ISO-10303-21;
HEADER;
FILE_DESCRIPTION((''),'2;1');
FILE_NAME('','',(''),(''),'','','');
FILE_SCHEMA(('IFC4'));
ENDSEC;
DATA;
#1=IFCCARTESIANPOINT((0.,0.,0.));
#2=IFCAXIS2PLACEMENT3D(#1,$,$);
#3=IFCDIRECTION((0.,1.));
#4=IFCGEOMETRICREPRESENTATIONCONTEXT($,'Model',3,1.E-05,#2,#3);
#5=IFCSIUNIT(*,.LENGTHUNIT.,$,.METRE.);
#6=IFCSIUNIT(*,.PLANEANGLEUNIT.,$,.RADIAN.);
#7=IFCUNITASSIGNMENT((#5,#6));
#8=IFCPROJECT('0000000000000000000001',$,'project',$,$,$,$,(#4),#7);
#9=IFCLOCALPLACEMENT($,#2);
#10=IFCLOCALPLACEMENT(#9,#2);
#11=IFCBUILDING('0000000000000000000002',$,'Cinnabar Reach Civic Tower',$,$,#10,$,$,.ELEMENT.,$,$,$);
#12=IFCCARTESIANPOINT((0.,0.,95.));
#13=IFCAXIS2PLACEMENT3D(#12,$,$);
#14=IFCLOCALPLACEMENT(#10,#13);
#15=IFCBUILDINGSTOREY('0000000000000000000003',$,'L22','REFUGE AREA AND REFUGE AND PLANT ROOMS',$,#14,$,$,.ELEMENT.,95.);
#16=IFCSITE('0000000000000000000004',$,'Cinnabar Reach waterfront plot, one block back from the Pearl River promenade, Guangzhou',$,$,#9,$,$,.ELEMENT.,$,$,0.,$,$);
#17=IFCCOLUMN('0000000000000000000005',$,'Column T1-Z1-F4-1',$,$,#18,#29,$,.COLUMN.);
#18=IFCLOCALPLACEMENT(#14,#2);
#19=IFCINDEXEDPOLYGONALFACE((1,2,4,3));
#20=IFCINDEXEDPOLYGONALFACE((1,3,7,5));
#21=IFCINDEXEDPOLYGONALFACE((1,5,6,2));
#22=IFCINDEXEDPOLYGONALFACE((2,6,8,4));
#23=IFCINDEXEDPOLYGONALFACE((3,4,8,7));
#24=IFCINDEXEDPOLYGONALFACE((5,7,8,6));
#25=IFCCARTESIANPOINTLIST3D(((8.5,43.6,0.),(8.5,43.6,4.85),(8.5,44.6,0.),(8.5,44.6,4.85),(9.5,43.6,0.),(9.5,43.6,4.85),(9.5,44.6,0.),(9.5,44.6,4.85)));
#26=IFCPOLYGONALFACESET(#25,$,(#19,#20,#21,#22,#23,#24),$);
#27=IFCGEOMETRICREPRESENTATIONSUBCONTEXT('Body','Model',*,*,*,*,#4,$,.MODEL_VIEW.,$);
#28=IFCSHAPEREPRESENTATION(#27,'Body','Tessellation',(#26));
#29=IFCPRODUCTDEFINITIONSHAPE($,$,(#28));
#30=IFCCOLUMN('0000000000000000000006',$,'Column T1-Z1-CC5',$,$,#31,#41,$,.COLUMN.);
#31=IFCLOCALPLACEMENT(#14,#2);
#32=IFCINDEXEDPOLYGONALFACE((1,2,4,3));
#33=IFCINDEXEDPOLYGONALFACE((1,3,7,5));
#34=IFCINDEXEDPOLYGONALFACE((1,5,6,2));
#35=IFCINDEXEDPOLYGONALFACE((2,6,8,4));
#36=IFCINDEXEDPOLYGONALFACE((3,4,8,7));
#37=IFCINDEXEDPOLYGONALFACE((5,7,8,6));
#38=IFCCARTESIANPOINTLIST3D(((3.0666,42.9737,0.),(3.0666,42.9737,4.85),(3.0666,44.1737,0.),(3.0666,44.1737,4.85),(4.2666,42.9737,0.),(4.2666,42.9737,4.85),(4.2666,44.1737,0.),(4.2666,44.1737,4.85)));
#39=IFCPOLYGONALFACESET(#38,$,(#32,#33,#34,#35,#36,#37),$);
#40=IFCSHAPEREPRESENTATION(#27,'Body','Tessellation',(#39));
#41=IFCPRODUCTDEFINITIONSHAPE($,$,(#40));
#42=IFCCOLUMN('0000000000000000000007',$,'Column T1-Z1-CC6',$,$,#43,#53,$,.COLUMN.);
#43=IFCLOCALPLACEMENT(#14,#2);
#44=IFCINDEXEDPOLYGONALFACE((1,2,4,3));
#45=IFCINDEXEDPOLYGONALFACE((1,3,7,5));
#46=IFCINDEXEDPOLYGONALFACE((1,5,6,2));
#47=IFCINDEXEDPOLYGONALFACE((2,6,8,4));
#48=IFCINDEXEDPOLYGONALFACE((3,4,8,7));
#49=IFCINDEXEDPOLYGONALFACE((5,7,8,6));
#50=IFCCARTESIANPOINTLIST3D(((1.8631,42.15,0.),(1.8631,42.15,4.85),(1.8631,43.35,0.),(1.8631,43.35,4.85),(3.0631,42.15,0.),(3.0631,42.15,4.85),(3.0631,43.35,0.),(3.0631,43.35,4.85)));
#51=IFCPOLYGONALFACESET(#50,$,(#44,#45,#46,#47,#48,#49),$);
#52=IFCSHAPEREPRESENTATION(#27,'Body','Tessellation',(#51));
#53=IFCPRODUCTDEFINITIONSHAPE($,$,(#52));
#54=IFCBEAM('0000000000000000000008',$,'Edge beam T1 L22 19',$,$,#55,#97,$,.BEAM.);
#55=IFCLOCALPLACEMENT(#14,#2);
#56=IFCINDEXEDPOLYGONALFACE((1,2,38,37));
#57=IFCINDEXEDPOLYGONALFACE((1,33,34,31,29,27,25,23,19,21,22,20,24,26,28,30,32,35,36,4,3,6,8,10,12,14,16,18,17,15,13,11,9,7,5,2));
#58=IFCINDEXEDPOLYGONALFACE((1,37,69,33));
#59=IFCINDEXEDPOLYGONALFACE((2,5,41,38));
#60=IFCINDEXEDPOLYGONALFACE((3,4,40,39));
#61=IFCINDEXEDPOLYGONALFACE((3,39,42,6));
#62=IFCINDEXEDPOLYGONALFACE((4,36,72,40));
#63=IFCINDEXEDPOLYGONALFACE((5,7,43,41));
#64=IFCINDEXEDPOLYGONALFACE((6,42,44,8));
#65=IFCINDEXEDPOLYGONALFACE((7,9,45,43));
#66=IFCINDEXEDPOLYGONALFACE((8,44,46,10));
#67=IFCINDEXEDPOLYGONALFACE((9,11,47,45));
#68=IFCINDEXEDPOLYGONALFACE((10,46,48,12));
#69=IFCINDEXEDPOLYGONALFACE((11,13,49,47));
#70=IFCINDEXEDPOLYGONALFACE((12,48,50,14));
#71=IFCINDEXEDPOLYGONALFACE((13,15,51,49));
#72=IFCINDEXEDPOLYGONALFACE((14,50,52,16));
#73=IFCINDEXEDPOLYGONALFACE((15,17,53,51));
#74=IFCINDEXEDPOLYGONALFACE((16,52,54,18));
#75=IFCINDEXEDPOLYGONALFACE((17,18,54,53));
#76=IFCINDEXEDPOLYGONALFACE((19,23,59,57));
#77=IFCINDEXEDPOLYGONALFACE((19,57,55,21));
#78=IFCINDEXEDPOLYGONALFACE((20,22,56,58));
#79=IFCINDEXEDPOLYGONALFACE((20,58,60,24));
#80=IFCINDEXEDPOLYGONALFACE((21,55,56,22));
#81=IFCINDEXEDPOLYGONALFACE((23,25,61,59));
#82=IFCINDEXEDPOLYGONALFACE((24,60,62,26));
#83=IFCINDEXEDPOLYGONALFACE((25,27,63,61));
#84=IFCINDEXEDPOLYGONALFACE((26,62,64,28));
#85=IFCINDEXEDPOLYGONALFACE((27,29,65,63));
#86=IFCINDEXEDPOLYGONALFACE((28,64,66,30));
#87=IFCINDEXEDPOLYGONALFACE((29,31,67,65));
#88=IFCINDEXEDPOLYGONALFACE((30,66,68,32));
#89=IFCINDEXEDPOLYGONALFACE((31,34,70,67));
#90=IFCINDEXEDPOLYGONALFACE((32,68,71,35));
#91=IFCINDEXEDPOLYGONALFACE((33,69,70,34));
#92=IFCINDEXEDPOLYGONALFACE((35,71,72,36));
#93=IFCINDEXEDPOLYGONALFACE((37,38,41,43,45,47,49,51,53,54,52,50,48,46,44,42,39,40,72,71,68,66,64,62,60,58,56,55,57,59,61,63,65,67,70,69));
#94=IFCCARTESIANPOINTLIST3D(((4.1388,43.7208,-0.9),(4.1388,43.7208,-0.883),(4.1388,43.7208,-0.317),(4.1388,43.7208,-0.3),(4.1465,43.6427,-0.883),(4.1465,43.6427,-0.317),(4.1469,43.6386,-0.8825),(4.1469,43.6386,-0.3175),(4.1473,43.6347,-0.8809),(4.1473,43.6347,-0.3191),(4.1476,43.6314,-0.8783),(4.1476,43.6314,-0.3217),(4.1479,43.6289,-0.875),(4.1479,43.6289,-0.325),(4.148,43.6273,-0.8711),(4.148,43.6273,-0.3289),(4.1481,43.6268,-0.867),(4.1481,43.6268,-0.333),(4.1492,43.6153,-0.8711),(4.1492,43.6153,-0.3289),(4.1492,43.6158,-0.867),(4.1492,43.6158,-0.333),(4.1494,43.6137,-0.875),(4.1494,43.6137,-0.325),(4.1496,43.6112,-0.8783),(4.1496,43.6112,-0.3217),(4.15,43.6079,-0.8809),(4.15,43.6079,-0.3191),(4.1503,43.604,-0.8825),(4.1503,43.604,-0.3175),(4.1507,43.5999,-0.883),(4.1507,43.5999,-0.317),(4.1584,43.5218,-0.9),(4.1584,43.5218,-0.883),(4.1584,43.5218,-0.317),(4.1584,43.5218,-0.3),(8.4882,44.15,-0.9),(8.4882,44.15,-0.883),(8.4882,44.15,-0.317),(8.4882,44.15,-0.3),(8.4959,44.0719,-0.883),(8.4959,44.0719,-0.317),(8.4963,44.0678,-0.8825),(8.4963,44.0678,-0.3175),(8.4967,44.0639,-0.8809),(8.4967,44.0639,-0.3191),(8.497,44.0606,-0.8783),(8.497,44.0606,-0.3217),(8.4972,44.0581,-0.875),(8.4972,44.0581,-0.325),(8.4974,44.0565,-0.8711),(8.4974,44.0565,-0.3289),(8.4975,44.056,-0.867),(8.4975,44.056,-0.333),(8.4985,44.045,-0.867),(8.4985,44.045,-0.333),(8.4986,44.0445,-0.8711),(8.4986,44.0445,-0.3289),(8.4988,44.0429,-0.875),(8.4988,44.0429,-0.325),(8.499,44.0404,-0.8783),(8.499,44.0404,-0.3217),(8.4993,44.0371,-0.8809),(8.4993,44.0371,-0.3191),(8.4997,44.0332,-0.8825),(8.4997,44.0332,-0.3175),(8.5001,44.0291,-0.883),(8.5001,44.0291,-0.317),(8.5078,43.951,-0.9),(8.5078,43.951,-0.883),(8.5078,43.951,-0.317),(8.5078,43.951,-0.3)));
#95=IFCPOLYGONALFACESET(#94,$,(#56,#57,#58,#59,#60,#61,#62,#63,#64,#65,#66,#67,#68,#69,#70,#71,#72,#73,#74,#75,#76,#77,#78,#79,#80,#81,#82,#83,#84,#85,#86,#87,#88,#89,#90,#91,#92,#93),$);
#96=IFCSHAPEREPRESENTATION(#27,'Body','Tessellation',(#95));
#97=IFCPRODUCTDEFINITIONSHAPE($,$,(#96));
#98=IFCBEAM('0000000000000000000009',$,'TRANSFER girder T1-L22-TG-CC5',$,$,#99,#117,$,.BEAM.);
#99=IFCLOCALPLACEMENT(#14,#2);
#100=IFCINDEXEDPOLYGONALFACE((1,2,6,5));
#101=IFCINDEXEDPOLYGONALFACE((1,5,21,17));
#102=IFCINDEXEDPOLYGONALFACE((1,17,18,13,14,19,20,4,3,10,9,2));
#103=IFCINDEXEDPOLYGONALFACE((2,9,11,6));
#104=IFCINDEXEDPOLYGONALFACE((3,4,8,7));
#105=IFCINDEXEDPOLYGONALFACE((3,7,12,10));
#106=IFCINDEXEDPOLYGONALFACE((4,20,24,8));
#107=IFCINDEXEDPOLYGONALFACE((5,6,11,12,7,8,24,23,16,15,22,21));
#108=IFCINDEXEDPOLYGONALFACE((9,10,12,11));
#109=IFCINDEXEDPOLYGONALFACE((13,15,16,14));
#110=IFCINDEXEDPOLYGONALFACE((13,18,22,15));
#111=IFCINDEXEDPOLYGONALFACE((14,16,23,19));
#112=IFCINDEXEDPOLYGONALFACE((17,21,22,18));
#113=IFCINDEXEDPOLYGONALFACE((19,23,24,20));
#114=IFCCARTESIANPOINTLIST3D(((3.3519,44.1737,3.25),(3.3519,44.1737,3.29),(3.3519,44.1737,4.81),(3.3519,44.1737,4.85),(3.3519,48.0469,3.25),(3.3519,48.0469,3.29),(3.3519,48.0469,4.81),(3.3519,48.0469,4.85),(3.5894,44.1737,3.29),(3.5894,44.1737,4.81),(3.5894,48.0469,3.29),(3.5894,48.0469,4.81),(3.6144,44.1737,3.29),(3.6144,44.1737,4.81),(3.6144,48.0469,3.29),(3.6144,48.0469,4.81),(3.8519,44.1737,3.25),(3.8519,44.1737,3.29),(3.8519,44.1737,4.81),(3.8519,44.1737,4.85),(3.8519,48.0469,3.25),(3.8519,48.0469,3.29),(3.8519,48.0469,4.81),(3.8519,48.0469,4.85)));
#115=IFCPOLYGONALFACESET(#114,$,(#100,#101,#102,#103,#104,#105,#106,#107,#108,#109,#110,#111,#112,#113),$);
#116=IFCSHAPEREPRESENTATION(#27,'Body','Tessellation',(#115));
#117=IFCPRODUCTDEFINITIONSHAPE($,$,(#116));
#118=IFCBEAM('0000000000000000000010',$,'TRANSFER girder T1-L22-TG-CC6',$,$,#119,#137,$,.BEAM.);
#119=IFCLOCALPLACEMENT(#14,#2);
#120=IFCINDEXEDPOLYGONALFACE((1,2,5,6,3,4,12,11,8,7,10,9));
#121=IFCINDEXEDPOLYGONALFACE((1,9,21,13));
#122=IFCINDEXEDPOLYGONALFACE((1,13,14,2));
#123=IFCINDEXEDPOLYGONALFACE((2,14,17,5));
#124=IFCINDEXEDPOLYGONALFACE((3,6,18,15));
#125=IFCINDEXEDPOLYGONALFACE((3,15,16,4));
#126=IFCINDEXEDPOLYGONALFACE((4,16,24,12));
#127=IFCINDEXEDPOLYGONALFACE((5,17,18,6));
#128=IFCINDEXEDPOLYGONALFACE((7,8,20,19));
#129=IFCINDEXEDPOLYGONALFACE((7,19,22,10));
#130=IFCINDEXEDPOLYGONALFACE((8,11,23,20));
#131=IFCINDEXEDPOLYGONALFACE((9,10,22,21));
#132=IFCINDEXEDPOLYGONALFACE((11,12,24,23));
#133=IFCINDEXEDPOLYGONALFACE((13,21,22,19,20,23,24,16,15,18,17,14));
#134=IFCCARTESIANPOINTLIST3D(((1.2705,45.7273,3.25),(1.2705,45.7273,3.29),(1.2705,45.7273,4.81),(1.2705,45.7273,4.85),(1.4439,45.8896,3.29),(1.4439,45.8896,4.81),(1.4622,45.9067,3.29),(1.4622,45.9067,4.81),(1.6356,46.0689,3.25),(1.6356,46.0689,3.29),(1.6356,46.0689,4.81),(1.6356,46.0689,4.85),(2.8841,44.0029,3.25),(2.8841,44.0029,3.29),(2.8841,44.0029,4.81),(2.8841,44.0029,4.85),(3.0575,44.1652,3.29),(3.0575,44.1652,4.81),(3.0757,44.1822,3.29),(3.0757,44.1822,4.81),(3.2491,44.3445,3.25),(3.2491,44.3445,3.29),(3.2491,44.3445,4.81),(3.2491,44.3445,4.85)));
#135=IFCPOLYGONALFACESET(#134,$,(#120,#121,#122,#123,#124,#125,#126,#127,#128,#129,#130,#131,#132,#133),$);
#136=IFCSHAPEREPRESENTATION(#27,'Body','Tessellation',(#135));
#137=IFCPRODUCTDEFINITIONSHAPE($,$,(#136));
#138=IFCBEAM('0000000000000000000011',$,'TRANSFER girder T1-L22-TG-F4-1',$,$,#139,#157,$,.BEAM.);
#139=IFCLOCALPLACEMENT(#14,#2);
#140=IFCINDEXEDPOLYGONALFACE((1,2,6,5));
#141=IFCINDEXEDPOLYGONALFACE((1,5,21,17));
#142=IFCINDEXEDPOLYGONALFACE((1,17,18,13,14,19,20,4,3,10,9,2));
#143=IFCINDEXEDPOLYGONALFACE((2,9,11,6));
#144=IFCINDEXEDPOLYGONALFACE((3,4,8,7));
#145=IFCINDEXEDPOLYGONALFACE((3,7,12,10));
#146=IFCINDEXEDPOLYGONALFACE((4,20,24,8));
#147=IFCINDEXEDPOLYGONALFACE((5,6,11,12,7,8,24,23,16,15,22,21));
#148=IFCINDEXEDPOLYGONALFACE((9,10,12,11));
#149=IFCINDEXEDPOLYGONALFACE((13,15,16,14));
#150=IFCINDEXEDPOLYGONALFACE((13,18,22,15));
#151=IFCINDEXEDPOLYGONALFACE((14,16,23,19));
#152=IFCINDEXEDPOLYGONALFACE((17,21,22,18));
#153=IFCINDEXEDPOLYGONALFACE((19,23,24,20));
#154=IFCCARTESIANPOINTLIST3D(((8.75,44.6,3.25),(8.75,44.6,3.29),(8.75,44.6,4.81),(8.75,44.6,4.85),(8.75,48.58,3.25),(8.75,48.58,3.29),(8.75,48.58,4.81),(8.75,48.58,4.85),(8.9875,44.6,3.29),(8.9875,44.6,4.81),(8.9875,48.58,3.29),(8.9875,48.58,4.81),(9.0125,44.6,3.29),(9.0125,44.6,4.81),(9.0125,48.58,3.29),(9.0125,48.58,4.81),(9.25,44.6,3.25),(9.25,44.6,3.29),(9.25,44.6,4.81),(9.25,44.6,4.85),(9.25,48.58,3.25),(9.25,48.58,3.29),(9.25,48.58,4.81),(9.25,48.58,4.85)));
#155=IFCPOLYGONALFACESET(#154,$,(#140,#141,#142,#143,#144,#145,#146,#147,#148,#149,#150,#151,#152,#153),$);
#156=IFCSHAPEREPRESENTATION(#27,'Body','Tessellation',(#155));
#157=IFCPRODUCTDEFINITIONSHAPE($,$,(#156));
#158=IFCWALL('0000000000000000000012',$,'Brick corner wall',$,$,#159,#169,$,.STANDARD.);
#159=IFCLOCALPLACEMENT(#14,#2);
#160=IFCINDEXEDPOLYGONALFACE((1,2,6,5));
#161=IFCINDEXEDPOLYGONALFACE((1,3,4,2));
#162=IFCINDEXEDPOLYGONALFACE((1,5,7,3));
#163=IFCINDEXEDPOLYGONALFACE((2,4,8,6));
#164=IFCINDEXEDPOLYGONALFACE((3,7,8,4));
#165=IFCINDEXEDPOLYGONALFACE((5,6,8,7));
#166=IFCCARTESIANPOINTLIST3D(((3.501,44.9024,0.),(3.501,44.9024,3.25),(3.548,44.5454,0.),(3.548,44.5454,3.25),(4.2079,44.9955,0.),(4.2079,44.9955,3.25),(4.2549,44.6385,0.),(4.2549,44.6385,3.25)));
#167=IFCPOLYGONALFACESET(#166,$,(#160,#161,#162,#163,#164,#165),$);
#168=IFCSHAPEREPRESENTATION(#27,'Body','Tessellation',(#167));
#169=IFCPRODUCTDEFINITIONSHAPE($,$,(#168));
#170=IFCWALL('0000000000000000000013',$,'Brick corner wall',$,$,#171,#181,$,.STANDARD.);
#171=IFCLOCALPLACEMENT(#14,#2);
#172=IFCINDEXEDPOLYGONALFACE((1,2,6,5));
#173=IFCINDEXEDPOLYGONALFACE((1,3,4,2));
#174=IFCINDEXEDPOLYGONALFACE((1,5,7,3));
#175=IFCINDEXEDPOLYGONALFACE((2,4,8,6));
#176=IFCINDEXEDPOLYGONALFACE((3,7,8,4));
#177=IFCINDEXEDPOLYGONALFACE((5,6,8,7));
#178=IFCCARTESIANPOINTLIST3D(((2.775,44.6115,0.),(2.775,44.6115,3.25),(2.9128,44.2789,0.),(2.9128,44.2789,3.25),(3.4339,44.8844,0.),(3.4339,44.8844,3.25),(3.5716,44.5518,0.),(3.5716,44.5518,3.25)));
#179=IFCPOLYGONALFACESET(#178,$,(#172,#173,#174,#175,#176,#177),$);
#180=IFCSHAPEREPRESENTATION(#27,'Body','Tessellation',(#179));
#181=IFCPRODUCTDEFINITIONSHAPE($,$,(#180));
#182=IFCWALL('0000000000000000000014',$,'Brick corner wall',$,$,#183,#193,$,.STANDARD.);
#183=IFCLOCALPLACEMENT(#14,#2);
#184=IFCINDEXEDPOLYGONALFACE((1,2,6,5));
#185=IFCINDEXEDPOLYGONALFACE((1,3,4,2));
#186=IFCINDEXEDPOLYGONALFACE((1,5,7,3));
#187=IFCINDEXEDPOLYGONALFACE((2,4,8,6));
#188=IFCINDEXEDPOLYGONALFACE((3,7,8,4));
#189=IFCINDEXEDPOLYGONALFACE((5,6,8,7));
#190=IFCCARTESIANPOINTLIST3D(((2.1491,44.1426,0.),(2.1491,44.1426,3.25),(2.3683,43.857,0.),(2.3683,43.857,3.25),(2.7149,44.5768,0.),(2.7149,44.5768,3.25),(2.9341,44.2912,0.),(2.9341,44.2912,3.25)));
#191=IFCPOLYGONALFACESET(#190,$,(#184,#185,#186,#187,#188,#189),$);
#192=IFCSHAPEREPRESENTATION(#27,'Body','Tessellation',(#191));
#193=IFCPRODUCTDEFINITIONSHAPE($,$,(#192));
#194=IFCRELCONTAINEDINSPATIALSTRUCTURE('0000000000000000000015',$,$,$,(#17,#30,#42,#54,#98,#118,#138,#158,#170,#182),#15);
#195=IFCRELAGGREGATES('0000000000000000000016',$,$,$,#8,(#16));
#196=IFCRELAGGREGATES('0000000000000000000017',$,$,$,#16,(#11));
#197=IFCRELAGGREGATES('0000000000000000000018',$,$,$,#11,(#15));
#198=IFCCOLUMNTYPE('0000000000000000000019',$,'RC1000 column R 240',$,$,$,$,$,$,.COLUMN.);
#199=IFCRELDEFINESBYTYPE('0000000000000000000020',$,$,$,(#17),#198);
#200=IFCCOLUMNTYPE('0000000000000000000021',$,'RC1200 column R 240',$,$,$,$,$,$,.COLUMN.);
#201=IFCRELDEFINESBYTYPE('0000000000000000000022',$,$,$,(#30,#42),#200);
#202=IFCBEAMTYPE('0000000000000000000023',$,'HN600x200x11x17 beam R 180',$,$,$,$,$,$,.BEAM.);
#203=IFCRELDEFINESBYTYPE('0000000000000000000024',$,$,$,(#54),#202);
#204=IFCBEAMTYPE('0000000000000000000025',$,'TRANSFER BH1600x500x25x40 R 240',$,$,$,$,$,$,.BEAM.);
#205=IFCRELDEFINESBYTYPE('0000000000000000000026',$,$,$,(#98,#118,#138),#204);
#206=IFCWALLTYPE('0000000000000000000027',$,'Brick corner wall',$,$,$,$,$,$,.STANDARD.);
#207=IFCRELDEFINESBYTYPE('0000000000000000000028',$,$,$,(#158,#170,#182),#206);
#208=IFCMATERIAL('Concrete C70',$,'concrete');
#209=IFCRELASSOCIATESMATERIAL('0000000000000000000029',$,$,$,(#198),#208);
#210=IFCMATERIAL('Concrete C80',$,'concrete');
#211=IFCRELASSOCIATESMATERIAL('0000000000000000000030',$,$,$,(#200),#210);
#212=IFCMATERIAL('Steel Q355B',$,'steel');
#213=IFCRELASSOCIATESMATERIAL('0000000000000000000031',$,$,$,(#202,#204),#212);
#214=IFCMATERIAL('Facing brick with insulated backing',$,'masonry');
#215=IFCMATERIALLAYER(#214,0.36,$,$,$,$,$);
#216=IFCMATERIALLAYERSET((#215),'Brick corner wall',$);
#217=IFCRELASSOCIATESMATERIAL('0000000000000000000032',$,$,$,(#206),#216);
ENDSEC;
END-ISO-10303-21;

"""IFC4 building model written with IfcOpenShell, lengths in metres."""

from ifc_helpers import new_model, si_unit, direction, frame, frame_2d, origin, origin_2d, place, context, subcontext, project, spatial, rectangle, i_section, extrude, material, layer, layer_set, material_profile, profile_set, type_object, element, save


model = new_model("IFC4")

# Units and contexts
model_context = context("Model", 3, precision=1e-05, world=origin(), true_north=direction((0.0, 1.0)))
body_context = subcontext(model_context, "Body", "Model", "MODEL_VIEW")
ifc_project = project(units=[si_unit("LENGTHUNIT", "METRE"), si_unit("PLANEANGLEUNIT", "RADIAN")], contexts=[model_context])

# Site, building, storey
site_placement = place(None, origin())
site = spatial("IfcSite", under=ifc_project, at=site_placement, Name="Cinnabar Reach waterfront plot, one block back from the Pearl River promenade, Guangzhou", CompositionType="ELEMENT", RefElevation=0.0)
building_placement = place(site_placement, origin())
building = spatial("IfcBuilding", under=site, at=building_placement, Name="Cinnabar Reach Civic Tower", CompositionType="ELEMENT")
storey_placement = place(building_placement, frame((0.0, 0.0, 95.0)))
storey = spatial("IfcBuildingStorey", under=building, at=storey_placement, Name="L22", Description="REFUGE AREA AND REFUGE AND PLANT ROOMS", CompositionType="ELEMENT", Elevation=95.0)

# Columns
ifc_material_1 = material(Name="Concrete C70", Category="concrete")
ifc_material_profile_1 = material_profile(ifc_material_1, rectangle(XDim=1.0, YDim=1.0, at=origin_2d()), Name="RC1000")
ifc_profile_set_1 = profile_set([ifc_material_profile_1], Name="Concrete C70")
column_type_1 = type_object("IfcColumnType", Name="RC1000 column R 240", PredefinedType="COLUMN", material=ifc_profile_set_1)
column_placement = place(storey_placement, frame((9.0, 44.1, 0.0), z_axis=(0.0, 0.0, 1.0), x_axis=(1.0, 0.0, 0.0)))
element("IfcColumn", 1, at=column_placement, inside=storey, type_object=column_type_1, Name="Column T1-Z1-F4-1", PredefinedType="COLUMN", context=body_context, shape_type="SweptSolid", body=[
    extrude(rectangle(XDim=1.0, YDim=1.0, at=origin_2d()), origin(), (0.0, 0.0, 1.0), 4.85),
])
ifc_material_2 = material(Name="Concrete C80", Category="concrete")
ifc_material_profile_2 = material_profile(ifc_material_2, rectangle(XDim=1.2, YDim=1.2, at=origin_2d()), Name="RC1200")
ifc_profile_set_2 = profile_set([ifc_material_profile_2], Name="Concrete C80")
column_type_2 = type_object("IfcColumnType", Name="RC1200 column R 240", PredefinedType="COLUMN", material=ifc_profile_set_2)
for number, where, z_axis, x_axis, name in (
    (2, (3.6666, 43.5737, 0.0), (0.0, 0.0, 1.0), (1.0, 0.0, 0.0), "Column T1-Z1-CC5"),
    (3, (2.4631, 42.75, 0.0), (0.0, 0.0, 1.0), (1.0, 0.0, 0.0), "Column T1-Z1-CC6"),
):
    element("IfcColumn", number, at=place(storey_placement, frame(where, z_axis=z_axis, x_axis=x_axis)), inside=storey, type_object=column_type_2, Name=name, PredefinedType="COLUMN", context=body_context, shape_type="SweptSolid", body=[
        extrude(rectangle(XDim=1.2, YDim=1.2, at=origin_2d()), origin(), (0.0, 0.0, 1.0), 4.85),
    ])

# Beams
ifc_material_3 = material(Name="Steel Q355B", Category="steel")
ifc_material_profile_3 = material_profile(ifc_material_3, i_section(OverallWidth=0.2, OverallDepth=0.6, WebThickness=0.011, FlangeThickness=0.017, FilletRadius=0.016, at=origin_2d()), Name="HN600x200x11x17")
ifc_profile_set_3 = profile_set([ifc_material_profile_3], Name="Steel Q355B")
beam_type_1 = type_object("IfcBeamType", Name="HN600x200x11x17 beam R 180", PredefinedType="BEAM", material=ifc_profile_set_3)
beam_1_placement = place(storey_placement, frame((8.498, 44.0505, -0.6), z_axis=(-0.995166, -0.098203, 0.0), x_axis=(0.098203, -0.995166, 0.0)))
element("IfcBeam", 4, at=beam_1_placement, inside=storey, type_object=beam_type_1, Name="Edge beam T1 L22 19", PredefinedType="BEAM", context=body_context, shape_type="SweptSolid", body=[
    extrude(i_section(OverallWidth=0.2, OverallDepth=0.6, WebThickness=0.011, FlangeThickness=0.017, FilletRadius=0.016, at=origin_2d()), origin(), (0.0, 0.0, 1.0), 4.3705),
])
ifc_material_profile_4 = material_profile(ifc_material_3, i_section(OverallWidth=0.5, OverallDepth=1.6, WebThickness=0.025, FlangeThickness=0.04, at=origin_2d()), Name="BH1600x500x25x40")
ifc_profile_set_4 = profile_set([ifc_material_profile_4], Name="Steel Q355B")
beam_type_2 = type_object("IfcBeamType", Name="TRANSFER BH1600x500x25x40 R 240", PredefinedType="BEAM", material=ifc_profile_set_4)
beam_2_placement = place(storey_placement, frame((3.6019, 44.1737, 4.05), z_axis=(0.0, 1.0, 0.0), x_axis=(-1.0, 0.0, 0.0)))
element("IfcBeam", 5, at=beam_2_placement, inside=storey, type_object=beam_type_2, Name="TRANSFER girder T1-L22-TG-CC5", PredefinedType="BEAM", context=body_context, shape_type="SweptSolid", body=[
    extrude(i_section(OverallWidth=0.5, OverallDepth=1.6, WebThickness=0.025, FlangeThickness=0.04, at=origin_2d()), origin(), (0.0, 0.0, 1.0), 3.8732),
])
beam_3_placement = place(storey_placement, frame((3.0666, 44.1737, 4.05), z_axis=(-0.683237, 0.730197, 0.0), x_axis=(-0.730197, -0.683237, 0.0)))
element("IfcBeam", 6, at=beam_3_placement, inside=storey, type_object=beam_type_2, Name="TRANSFER girder T1-L22-TG-CC6", PredefinedType="BEAM", context=body_context, shape_type="SweptSolid", body=[
    extrude(i_section(OverallWidth=0.5, OverallDepth=1.6, WebThickness=0.025, FlangeThickness=0.04, at=origin_2d()), origin(), (0.0, 0.0, 1.0), 2.3616),
])
beam_4_placement = place(storey_placement, frame((9.0, 44.6, 4.05), z_axis=(0.0, 1.0, 0.0), x_axis=(-1.0, 0.0, 0.0)))
element("IfcBeam", 7, at=beam_4_placement, inside=storey, type_object=beam_type_2, Name="TRANSFER girder T1-L22-TG-F4-1", PredefinedType="BEAM", context=body_context, shape_type="SweptSolid", body=[
    extrude(i_section(OverallWidth=0.5, OverallDepth=1.6, WebThickness=0.025, FlangeThickness=0.04, at=origin_2d()), origin(), (0.0, 0.0, 1.0), 3.98),
])

# Walls
ifc_material_4 = material(Name="Facing brick with insulated backing", Category="masonry")
ifc_layer_1 = layer(ifc_material_4, 0.36)
ifc_layer_set_1 = layer_set([ifc_layer_1], Name="Brick corner wall")
wall_type_1 = type_object("IfcWallType", Name="Brick corner wall", PredefinedType="STANDARD", material=ifc_layer_set_1)
for number, where, z_axis, x_axis, name in (
    (8, (4.2314, 44.817, 0.0), (0.0, 0.0, 1.0), (-0.991441, -0.130556, 0.0), "Brick corner wall"),
    (9, (3.5027, 44.7181, 0.0), (0.0, 0.0, 1.0), (-0.923872, -0.382703, 0.0), "Brick corner wall"),
):
    element("IfcWall", number, at=place(storey_placement, frame(where, z_axis=z_axis, x_axis=x_axis)), inside=storey, type_object=wall_type_1, Name=name, PredefinedType="STANDARD", context=body_context, shape_type="SweptSolid", body=[
        extrude(rectangle(XDim=0.7131, YDim=0.36, at=frame_2d((0.3565, 0.0))), origin(), (0.0, 0.0, 1.0), 3.25),
    ])
wall_1_placement = place(storey_placement, frame((2.8245, 44.434, 0.0), z_axis=(0.0, 0.0, 1.0), x_axis=(-0.793322, -0.608802, 0.0)))
element("IfcWall", 10, at=wall_1_placement, inside=storey, type_object=wall_type_1, Name="Brick corner wall", PredefinedType="STANDARD", context=body_context, shape_type="SweptSolid", body=[
    extrude(rectangle(XDim=0.7132, YDim=0.36, at=frame_2d((0.3566, 0.0))), origin(), (0.0, 0.0, 1.0), 3.25),
])

save(model, "model.ifc")
